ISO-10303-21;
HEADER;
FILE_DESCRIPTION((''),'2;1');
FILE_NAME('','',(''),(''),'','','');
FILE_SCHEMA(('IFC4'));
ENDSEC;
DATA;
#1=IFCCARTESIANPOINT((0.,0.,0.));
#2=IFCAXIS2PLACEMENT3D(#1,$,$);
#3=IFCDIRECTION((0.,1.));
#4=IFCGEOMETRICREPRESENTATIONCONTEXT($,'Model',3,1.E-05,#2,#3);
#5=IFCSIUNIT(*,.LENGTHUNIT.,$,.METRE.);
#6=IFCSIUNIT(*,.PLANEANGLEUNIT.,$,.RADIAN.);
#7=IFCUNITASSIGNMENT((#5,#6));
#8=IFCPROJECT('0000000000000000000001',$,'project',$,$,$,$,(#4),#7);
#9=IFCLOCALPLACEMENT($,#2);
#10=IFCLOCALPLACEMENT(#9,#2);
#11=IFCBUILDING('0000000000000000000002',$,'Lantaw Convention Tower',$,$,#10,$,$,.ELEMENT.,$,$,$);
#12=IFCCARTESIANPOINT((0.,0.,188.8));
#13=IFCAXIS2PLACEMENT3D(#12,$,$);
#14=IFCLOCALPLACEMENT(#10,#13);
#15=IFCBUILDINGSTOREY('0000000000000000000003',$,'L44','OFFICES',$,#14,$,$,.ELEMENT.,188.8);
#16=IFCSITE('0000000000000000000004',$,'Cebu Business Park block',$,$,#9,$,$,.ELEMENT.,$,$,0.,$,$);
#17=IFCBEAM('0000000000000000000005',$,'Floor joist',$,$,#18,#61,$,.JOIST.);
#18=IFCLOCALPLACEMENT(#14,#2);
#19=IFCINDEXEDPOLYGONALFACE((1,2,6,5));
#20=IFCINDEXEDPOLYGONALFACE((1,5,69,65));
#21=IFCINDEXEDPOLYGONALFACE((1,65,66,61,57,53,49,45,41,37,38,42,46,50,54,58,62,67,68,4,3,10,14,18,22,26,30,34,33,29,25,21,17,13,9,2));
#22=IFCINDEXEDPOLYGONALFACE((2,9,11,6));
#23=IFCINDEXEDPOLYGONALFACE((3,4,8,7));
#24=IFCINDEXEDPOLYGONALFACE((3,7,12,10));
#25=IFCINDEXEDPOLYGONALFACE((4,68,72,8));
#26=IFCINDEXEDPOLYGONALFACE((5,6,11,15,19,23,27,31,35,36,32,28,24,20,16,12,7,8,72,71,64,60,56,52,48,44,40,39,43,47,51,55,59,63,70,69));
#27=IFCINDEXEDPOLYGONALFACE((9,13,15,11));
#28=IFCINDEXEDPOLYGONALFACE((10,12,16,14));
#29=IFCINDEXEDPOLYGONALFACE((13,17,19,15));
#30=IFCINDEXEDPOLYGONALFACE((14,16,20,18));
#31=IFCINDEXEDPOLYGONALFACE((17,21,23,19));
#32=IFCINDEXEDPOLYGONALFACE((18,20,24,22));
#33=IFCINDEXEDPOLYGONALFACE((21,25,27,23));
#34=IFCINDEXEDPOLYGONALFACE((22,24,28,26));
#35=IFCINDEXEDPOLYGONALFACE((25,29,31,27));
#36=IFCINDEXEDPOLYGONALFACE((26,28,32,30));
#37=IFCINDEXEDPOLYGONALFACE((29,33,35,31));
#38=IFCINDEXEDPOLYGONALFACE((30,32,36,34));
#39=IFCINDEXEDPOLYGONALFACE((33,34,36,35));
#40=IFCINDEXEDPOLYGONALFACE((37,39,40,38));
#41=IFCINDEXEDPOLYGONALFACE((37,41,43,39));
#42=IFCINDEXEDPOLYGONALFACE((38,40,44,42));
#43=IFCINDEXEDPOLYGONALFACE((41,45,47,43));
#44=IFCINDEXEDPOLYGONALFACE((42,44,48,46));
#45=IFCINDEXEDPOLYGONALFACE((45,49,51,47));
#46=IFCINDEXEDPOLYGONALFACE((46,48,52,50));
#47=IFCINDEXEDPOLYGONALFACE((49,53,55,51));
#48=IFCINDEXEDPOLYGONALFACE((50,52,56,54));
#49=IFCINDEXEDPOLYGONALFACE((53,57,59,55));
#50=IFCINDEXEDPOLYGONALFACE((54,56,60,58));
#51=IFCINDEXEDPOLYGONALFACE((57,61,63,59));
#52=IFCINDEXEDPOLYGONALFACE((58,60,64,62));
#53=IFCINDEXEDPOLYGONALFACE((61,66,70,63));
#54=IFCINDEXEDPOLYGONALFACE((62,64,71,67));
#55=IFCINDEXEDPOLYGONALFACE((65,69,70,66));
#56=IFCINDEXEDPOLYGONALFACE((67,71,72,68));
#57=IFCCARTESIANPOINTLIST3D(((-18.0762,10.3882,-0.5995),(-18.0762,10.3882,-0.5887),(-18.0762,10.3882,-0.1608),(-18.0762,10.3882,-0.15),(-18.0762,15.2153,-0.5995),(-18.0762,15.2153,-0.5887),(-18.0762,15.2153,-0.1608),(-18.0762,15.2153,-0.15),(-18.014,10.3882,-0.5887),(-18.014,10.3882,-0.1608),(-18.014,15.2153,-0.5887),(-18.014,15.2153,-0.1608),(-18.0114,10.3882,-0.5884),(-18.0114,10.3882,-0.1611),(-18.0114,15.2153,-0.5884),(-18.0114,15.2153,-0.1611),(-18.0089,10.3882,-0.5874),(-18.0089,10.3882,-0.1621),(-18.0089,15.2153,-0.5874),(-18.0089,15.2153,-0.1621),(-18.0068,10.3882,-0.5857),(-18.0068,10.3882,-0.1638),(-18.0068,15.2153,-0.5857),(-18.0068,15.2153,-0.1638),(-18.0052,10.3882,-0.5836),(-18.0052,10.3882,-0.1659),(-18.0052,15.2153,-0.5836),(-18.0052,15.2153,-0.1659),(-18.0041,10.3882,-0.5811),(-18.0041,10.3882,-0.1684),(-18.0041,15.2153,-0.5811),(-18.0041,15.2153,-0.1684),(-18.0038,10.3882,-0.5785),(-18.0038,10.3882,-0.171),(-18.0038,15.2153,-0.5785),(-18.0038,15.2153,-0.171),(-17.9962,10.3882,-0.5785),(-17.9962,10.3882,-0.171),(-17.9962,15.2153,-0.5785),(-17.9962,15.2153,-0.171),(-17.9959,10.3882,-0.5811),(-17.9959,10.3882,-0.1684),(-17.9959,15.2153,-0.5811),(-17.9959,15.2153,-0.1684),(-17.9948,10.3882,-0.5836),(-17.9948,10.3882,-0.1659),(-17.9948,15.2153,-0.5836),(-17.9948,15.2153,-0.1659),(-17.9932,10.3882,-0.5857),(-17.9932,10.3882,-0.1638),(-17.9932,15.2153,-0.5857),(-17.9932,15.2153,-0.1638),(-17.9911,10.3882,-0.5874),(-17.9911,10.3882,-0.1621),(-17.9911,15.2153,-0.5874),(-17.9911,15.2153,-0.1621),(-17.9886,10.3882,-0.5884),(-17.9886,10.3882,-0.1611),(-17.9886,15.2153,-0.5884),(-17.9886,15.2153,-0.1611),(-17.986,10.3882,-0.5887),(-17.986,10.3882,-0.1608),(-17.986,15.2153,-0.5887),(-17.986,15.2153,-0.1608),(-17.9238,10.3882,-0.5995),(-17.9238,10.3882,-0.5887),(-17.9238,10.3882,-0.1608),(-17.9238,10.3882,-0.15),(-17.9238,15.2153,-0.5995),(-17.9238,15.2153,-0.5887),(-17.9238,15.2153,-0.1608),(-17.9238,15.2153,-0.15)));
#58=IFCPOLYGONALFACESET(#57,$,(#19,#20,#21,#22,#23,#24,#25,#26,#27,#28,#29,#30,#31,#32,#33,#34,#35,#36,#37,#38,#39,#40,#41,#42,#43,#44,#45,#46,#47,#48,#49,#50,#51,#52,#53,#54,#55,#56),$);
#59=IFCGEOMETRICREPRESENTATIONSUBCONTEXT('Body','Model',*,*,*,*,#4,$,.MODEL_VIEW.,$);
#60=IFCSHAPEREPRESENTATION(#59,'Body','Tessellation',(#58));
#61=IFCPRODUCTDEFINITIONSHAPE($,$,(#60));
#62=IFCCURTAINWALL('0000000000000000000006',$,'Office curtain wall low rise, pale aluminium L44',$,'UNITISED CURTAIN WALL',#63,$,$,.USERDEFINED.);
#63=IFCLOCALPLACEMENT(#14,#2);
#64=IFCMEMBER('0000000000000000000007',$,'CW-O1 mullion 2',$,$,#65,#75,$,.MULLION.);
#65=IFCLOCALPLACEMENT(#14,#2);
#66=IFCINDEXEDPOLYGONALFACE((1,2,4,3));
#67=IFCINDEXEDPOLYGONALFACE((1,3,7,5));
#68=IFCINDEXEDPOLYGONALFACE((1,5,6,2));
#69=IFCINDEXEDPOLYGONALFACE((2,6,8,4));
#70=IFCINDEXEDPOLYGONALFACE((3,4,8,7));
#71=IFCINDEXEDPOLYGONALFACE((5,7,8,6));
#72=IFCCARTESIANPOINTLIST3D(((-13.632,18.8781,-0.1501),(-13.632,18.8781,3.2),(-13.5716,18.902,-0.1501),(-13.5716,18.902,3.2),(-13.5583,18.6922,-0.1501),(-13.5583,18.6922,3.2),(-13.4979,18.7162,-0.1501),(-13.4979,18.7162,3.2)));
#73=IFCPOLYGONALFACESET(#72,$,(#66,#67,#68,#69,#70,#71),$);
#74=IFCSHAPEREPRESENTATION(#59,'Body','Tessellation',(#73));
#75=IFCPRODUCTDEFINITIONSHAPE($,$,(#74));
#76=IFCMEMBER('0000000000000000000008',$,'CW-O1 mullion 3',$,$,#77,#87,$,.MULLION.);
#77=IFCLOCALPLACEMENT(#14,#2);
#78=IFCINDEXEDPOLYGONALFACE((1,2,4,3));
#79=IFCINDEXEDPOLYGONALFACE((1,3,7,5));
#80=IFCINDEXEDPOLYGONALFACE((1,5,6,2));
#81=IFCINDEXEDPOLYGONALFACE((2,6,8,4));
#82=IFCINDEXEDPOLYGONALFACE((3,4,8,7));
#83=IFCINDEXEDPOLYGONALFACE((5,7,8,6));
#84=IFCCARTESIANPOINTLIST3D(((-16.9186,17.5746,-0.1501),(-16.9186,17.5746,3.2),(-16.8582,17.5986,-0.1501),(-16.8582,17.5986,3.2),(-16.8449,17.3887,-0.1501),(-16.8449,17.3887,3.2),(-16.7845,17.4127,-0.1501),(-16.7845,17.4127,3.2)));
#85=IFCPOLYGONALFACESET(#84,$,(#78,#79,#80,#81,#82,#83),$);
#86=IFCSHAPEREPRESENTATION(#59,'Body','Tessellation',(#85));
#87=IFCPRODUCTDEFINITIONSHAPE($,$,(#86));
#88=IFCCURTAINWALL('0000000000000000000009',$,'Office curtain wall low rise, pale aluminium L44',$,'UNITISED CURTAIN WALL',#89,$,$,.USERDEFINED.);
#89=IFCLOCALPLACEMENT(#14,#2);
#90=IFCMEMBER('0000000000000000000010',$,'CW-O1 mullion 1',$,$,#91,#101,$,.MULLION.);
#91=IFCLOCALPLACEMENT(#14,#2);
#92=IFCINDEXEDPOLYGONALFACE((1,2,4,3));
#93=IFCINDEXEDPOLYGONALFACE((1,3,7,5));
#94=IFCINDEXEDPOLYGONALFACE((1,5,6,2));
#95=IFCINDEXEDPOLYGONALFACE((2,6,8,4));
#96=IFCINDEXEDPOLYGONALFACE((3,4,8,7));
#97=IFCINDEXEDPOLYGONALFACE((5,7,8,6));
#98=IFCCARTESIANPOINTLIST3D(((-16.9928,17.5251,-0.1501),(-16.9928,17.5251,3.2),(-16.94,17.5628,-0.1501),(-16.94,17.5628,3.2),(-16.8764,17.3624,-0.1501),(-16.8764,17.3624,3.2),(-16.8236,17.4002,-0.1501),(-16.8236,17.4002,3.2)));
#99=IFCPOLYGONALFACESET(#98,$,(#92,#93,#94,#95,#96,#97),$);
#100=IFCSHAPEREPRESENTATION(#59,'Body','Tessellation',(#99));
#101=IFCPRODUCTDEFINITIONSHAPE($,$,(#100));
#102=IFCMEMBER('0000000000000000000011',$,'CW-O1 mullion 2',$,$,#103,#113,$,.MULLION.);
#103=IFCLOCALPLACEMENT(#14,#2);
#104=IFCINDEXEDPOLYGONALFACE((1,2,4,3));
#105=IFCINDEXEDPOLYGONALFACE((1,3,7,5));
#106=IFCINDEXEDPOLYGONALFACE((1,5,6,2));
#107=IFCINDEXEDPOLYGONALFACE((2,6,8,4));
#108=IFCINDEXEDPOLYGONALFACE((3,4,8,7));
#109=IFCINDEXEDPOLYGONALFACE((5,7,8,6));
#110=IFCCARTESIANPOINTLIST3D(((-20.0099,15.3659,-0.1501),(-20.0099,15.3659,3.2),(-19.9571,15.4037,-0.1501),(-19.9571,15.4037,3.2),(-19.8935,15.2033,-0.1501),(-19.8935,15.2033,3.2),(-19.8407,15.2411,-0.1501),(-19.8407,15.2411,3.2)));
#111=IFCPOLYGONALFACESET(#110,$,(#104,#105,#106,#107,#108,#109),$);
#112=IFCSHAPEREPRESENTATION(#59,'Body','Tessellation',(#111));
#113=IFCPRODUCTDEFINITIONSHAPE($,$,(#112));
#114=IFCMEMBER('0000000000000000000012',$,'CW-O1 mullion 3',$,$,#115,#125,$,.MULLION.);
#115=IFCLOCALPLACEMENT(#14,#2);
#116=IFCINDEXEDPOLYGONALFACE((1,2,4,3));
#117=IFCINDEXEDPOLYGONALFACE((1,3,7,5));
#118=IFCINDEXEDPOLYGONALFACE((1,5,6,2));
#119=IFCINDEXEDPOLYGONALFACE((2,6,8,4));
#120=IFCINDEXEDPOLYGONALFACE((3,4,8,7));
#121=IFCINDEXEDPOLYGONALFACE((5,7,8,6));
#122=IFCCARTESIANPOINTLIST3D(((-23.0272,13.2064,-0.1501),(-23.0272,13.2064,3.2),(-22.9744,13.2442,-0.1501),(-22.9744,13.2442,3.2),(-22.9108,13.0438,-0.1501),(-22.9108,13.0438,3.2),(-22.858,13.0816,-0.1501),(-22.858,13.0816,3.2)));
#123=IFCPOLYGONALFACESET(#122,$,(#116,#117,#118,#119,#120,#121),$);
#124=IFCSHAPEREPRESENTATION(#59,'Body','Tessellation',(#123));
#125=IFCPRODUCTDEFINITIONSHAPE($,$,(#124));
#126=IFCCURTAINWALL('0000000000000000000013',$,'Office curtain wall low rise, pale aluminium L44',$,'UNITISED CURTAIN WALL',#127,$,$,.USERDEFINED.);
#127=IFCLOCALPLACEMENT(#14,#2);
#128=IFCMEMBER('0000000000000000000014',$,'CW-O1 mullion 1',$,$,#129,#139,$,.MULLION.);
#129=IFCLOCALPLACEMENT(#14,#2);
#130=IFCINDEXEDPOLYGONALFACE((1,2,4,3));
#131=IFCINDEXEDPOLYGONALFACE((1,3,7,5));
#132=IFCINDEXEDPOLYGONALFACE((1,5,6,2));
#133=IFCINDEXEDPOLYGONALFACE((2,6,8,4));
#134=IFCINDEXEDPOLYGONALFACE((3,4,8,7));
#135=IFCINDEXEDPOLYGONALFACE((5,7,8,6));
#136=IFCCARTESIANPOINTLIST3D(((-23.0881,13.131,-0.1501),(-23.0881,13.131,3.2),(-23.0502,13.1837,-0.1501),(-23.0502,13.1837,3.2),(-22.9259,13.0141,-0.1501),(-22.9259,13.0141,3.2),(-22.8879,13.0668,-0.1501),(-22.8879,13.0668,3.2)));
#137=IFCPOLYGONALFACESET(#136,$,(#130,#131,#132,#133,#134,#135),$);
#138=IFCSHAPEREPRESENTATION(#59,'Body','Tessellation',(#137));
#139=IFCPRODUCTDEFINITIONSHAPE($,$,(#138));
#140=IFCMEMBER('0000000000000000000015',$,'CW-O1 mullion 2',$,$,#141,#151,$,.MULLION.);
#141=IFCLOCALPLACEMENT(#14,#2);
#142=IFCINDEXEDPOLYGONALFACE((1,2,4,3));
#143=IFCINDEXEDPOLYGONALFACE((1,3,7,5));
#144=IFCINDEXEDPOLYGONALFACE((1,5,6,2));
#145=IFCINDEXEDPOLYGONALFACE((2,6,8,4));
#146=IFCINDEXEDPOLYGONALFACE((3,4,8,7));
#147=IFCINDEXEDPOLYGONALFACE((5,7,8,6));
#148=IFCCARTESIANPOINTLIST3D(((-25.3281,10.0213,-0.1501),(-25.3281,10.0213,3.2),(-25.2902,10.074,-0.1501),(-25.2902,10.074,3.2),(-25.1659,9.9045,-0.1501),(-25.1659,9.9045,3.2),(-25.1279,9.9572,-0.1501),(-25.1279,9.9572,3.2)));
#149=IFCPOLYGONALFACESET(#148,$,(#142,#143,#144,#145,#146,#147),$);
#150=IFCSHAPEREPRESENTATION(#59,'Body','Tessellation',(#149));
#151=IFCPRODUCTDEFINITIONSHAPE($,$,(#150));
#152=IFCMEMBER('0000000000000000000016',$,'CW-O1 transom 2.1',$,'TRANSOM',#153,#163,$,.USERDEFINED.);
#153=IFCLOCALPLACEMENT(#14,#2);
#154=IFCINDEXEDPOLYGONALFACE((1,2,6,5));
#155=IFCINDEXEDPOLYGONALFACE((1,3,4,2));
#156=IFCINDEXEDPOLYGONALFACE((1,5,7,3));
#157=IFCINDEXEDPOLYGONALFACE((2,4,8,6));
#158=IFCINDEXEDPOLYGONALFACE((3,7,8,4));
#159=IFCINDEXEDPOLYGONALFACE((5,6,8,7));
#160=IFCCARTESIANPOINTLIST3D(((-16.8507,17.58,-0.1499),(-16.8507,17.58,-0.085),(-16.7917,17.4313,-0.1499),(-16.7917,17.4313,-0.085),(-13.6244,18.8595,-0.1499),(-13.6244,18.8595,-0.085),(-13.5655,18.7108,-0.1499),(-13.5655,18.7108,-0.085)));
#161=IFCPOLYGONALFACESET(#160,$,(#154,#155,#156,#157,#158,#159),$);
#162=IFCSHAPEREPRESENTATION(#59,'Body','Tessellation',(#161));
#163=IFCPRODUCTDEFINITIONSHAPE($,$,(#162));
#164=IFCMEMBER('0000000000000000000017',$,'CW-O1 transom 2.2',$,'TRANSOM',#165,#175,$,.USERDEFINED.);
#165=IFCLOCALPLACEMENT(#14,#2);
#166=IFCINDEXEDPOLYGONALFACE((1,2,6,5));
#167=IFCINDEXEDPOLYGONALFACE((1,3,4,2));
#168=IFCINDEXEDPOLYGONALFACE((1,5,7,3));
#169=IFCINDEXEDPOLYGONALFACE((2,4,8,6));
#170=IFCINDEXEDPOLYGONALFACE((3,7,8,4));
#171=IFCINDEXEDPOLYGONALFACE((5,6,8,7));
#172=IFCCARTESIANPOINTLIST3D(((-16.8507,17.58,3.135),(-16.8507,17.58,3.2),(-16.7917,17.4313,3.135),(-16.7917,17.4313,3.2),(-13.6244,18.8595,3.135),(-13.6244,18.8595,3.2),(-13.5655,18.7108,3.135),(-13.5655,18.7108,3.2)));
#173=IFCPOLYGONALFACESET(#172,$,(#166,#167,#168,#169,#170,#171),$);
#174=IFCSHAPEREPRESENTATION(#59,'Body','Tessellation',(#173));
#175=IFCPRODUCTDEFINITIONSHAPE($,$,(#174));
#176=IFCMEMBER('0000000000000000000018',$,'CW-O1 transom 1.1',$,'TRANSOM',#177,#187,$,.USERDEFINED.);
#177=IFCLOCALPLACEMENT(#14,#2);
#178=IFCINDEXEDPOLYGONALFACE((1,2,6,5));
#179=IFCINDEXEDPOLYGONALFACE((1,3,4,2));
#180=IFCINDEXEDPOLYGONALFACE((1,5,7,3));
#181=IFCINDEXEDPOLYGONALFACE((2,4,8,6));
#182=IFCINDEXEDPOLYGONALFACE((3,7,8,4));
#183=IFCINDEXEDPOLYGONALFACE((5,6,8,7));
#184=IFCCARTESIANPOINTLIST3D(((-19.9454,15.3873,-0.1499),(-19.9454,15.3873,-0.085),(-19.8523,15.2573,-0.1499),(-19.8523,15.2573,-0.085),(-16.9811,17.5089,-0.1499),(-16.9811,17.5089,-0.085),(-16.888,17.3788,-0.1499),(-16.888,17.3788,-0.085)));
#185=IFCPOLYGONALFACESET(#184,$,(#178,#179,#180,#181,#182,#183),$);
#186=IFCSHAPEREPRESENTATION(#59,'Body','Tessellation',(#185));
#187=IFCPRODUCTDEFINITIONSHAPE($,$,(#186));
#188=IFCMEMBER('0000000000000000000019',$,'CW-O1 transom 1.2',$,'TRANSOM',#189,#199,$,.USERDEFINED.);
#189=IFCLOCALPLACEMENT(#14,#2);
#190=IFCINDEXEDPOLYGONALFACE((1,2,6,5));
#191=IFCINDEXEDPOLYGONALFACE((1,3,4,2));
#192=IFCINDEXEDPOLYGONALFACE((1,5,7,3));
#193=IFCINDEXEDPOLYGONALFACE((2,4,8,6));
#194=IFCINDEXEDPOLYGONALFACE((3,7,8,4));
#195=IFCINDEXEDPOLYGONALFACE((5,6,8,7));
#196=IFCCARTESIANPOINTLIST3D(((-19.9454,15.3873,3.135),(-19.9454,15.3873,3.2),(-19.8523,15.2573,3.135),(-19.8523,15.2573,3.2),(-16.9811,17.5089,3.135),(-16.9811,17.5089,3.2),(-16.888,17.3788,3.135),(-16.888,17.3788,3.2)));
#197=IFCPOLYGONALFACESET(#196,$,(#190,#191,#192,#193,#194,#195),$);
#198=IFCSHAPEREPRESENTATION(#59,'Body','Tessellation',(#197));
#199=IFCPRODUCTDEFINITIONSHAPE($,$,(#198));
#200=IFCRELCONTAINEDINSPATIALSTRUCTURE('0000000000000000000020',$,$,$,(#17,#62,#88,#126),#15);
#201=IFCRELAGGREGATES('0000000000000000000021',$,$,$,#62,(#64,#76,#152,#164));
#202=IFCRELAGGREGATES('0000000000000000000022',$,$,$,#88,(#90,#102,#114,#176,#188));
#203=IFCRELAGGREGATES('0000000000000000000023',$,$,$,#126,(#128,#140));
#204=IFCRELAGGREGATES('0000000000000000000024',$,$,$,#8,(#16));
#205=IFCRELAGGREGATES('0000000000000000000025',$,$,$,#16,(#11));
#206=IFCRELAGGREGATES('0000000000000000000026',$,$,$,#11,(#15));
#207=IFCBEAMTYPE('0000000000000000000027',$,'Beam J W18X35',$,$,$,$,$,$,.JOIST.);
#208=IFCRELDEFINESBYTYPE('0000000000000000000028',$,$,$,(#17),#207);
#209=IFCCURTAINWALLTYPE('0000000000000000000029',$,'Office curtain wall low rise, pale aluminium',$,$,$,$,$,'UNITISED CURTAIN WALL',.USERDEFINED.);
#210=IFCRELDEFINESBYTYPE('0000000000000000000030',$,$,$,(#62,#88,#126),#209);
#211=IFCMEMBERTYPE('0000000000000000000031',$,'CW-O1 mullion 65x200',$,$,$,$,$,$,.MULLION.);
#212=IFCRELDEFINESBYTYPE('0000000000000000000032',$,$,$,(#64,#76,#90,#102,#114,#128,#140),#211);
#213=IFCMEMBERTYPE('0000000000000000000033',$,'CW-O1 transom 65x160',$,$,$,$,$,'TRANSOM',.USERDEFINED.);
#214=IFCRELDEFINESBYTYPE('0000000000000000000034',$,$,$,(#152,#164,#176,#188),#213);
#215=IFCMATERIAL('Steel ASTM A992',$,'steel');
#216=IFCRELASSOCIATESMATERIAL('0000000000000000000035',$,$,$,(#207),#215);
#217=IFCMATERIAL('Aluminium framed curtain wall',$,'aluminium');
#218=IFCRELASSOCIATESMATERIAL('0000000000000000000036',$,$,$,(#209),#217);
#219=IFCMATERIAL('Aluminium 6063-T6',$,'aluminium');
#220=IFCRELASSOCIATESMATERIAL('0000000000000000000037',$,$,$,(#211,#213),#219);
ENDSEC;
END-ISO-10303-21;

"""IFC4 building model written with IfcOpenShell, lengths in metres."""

from ifc_helpers import new_model, si_unit, direction, frame, origin, origin_2d, place, context, subcontext, project, spatial, rectangle, i_section, extrude, material, material_profile, profile_set, type_object, element, aggregate, save


model = new_model("IFC4")

# Units and contexts
model_context = context("Model", 3, precision=1e-05, world=origin(), true_north=direction((0.0, 1.0)))
body_context = subcontext(model_context, "Body", "Model", "MODEL_VIEW")
ifc_project = project(units=[si_unit("LENGTHUNIT", "METRE"), si_unit("PLANEANGLEUNIT", "RADIAN")], contexts=[model_context])

# Site, building, storey
site_placement = place(None, origin())
site = spatial("IfcSite", under=ifc_project, at=site_placement, Name="Cebu Business Park block", CompositionType="ELEMENT", RefElevation=0.0)
building_placement = place(site_placement, origin())
building = spatial("IfcBuilding", under=site, at=building_placement, Name="Lantaw Convention Tower", CompositionType="ELEMENT")
storey_placement = place(building_placement, frame((0.0, 0.0, 188.8)))
storey = spatial("IfcBuildingStorey", under=building, at=storey_placement, Name="L44", Description="OFFICES", CompositionType="ELEMENT", Elevation=188.8)

# Beam
ifc_material_1 = material(Name="Steel ASTM A992", Category="steel")
ifc_material_profile_1 = material_profile(ifc_material_1, i_section(OverallWidth=0.1523, OverallDepth=0.4495, WebThickness=0.0076, FlangeThickness=0.0107, FilletRadius=0.0103, at=origin_2d()), Name="W18X35")
ifc_profile_set_1 = profile_set([ifc_material_profile_1], Name="Steel ASTM A992")
beam_type_1 = type_object("IfcBeamType", Name="Beam J W18X35", PredefinedType="JOIST", material=ifc_profile_set_1)
beam_1_placement = place(storey_placement, frame((-18.0, 10.3882, -0.3748), z_axis=(0.0, 1.0, 0.0), x_axis=(-1.0, 0.0, 0.0)))
element("IfcBeam", 1, at=beam_1_placement, inside=storey, type_object=beam_type_1, Name="Floor joist", PredefinedType="JOIST", context=body_context, shape_type="SweptSolid", body=[
    extrude(i_section(OverallWidth=0.1523, OverallDepth=0.4495, WebThickness=0.0076, FlangeThickness=0.0107, FilletRadius=0.0103, at=origin_2d()), origin(), (0.0, 0.0, 1.0), 4.8271),
])

# Curtain walls, members
ifc_material_2 = material(Name="Aluminium framed curtain wall", Category="aluminium")
curtain_wall_type = type_object("IfcCurtainWallType", Name="Office curtain wall low rise, pale aluminium", ElementType="UNITISED CURTAIN WALL", PredefinedType="USERDEFINED", material=ifc_material_2)
curtain_wall_1_placement = place(storey_placement, origin())
curtain_wall_1 = element("IfcCurtainWall", 2, at=curtain_wall_1_placement, inside=storey, type_object=curtain_wall_type, Name="Office curtain wall low rise, pale aluminium L44", ObjectType="UNITISED CURTAIN WALL", PredefinedType="USERDEFINED")
ifc_material_3 = material(Name="Aluminium 6063-T6", Category="aluminium")
ifc_material_profile_2 = material_profile(ifc_material_3, rectangle(XDim=0.2, YDim=0.0649, at=origin_2d()), Name="CW-O1 mullion 65x200")
ifc_profile_set_2 = profile_set([ifc_material_profile_2], Name="Aluminium 6063-T6")
member_type_1 = type_object("IfcMemberType", Name="CW-O1 mullion 65x200", PredefinedType="MULLION", material=ifc_profile_set_2)
member_1_placement = place(storey_placement, frame((-13.5649, 18.7971, -0.1501), z_axis=(0.0, 0.0, 1.0), x_axis=(0.368702, -0.929548, 0.0)))
member_1 = element("IfcMember", 3, at=member_1_placement, type_object=member_type_1, Name="CW-O1 mullion 2", PredefinedType="MULLION", context=body_context, shape_type="SweptSolid", body=[
    extrude(rectangle(XDim=0.2, YDim=0.0649, at=origin_2d()), origin(), (0.0, 0.0, 1.0), 3.3501),
])
member_2_placement = place(storey_placement, frame((-16.8516, 17.4937, -0.1501), z_axis=(0.0, 0.0, 1.0), x_axis=(0.368702, -0.929548, 0.0)))
member_2 = element("IfcMember", 4, at=member_2_placement, type_object=member_type_1, Name="CW-O1 mullion 3", PredefinedType="MULLION", context=body_context, shape_type="SweptSolid", body=[
    extrude(rectangle(XDim=0.2, YDim=0.0649, at=origin_2d()), origin(), (0.0, 0.0, 1.0), 3.3501),
])
curtain_wall_2_placement = place(storey_placement, origin())
curtain_wall_2 = element("IfcCurtainWall", 5, at=curtain_wall_2_placement, inside=storey, type_object=curtain_wall_type, Name="Office curtain wall low rise, pale aluminium L44", ObjectType="UNITISED CURTAIN WALL", PredefinedType="USERDEFINED")
member_3_placement = place(storey_placement, frame((-16.9082, 17.4626, -0.1501), z_axis=(0.0, 0.0, 1.0), x_axis=(0.581973, -0.813208, 0.0)))
member_3 = element("IfcMember", 6, at=member_3_placement, type_object=member_type_1, Name="CW-O1 mullion 1", PredefinedType="MULLION", context=body_context, shape_type="SweptSolid", body=[
    extrude(rectangle(XDim=0.2, YDim=0.0649, at=origin_2d()), origin(), (0.0, 0.0, 1.0), 3.3501),
])
member_4_placement = place(storey_placement, frame((-19.9253, 15.3035, -0.1501), z_axis=(0.0, 0.0, 1.0), x_axis=(0.581973, -0.813208, 0.0)))
member_4 = element("IfcMember", 7, at=member_4_placement, type_object=member_type_1, Name="CW-O1 mullion 2", PredefinedType="MULLION", context=body_context, shape_type="SweptSolid", body=[
    extrude(rectangle(XDim=0.2, YDim=0.0649, at=origin_2d()), origin(), (0.0, 0.0, 1.0), 3.3501),
])
member_5_placement = place(storey_placement, frame((-22.9426, 13.144, -0.1501), z_axis=(0.0, 0.0, 1.0), x_axis=(0.581973, -0.813208, 0.0)))
member_5 = element("IfcMember", 8, at=member_5_placement, type_object=member_type_1, Name="CW-O1 mullion 3", PredefinedType="MULLION", context=body_context, shape_type="SweptSolid", body=[
    extrude(rectangle(XDim=0.2, YDim=0.0649, at=origin_2d()), origin(), (0.0, 0.0, 1.0), 3.3501),
])
curtain_wall_3_placement = place(storey_placement, origin())
curtain_wall_3 = element("IfcCurtainWall", 9, at=curtain_wall_3_placement, inside=storey, type_object=curtain_wall_type, Name="Office curtain wall low rise, pale aluminium L44", ObjectType="UNITISED CURTAIN WALL", PredefinedType="USERDEFINED")
member_6_placement = place(storey_placement, frame((-22.988, 13.0989, -0.1501), z_axis=(0.0, 0.0, 1.0), x_axis=(0.811385, -0.584513, 0.0)))
member_6 = element("IfcMember", 10, at=member_6_placement, type_object=member_type_1, Name="CW-O1 mullion 1", PredefinedType="MULLION", context=body_context, shape_type="SweptSolid", body=[
    extrude(rectangle(XDim=0.2, YDim=0.0649, at=origin_2d()), origin(), (0.0, 0.0, 1.0), 3.3501),
])
member_7_placement = place(storey_placement, frame((-25.228, 9.9893, -0.1501), z_axis=(0.0, 0.0, 1.0), x_axis=(0.811385, -0.584513, 0.0)))
member_7 = element("IfcMember", 11, at=member_7_placement, type_object=member_type_1, Name="CW-O1 mullion 2", PredefinedType="MULLION", context=body_context, shape_type="SweptSolid", body=[
    extrude(rectangle(XDim=0.2, YDim=0.0649, at=origin_2d()), origin(), (0.0, 0.0, 1.0), 3.3501),
])

# Members
ifc_material_profile_3 = material_profile(ifc_material_3, rectangle(XDim=0.1599, YDim=0.0649, at=origin_2d()), Name="CW-O1 transom 65x160")
ifc_profile_set_3 = profile_set([ifc_material_profile_3], Name="Aluminium 6063-T6")
member_type_2 = type_object("IfcMemberType", Name="CW-O1 transom 65x160", ElementType="TRANSOM", PredefinedType="USERDEFINED", material=ifc_profile_set_3)
member_8_placement = place(storey_placement, frame((-13.595, 18.7852, -0.1174), z_axis=(-0.929564, -0.36866, 0.0), x_axis=(0.36866, -0.929564, 0.0)))
member_8 = element("IfcMember", 12, at=member_8_placement, type_object=member_type_2, Name="CW-O1 transom 2.1", ObjectType="TRANSOM", PredefinedType="USERDEFINED", context=body_context, shape_type="SweptSolid", body=[
    extrude(rectangle(XDim=0.1599, YDim=0.0649, at=origin_2d()), origin(), (0.0, 0.0, 1.0), 3.4707),
])
member_9_placement = place(storey_placement, frame((-13.595, 18.7852, 3.1675), z_axis=(-0.929564, -0.36866, 0.0), x_axis=(0.36866, -0.929564, 0.0)))
member_9 = element("IfcMember", 13, at=member_9_placement, type_object=member_type_2, Name="CW-O1 transom 2.2", ObjectType="TRANSOM", PredefinedType="USERDEFINED", context=body_context, shape_type="SweptSolid", body=[
    extrude(rectangle(XDim=0.1599, YDim=0.0649, at=origin_2d()), origin(), (0.0, 0.0, 1.0), 3.4707),
])
member_10_placement = place(storey_placement, frame((-16.9346, 17.4438, -0.1174), z_axis=(-0.81319, -0.581998, 0.0), x_axis=(0.581998, -0.81319, 0.0)))
member_10 = element("IfcMember", 14, at=member_10_placement, type_object=member_type_2, Name="CW-O1 transom 1.1", ObjectType="TRANSOM", PredefinedType="USERDEFINED", context=body_context, shape_type="SweptSolid", body=[
    extrude(rectangle(XDim=0.1599, YDim=0.0649, at=origin_2d()), origin(), (0.0, 0.0, 1.0), 3.6453),
])
member_11_placement = place(storey_placement, frame((-16.9346, 17.4438, 3.1675), z_axis=(-0.81319, -0.581998, 0.0), x_axis=(0.581998, -0.81319, 0.0)))
member_11 = element("IfcMember", 15, at=member_11_placement, type_object=member_type_2, Name="CW-O1 transom 1.2", ObjectType="TRANSOM", PredefinedType="USERDEFINED", context=body_context, shape_type="SweptSolid", body=[
    extrude(rectangle(XDim=0.1599, YDim=0.0649, at=origin_2d()), origin(), (0.0, 0.0, 1.0), 3.6453),
])

aggregate(curtain_wall_1, [member_1, member_2, member_8, member_9])
aggregate(curtain_wall_2, [member_3, member_4, member_5, member_10, member_11])
aggregate(curtain_wall_3, [member_6, member_7])

save(model, "model.ifc")
